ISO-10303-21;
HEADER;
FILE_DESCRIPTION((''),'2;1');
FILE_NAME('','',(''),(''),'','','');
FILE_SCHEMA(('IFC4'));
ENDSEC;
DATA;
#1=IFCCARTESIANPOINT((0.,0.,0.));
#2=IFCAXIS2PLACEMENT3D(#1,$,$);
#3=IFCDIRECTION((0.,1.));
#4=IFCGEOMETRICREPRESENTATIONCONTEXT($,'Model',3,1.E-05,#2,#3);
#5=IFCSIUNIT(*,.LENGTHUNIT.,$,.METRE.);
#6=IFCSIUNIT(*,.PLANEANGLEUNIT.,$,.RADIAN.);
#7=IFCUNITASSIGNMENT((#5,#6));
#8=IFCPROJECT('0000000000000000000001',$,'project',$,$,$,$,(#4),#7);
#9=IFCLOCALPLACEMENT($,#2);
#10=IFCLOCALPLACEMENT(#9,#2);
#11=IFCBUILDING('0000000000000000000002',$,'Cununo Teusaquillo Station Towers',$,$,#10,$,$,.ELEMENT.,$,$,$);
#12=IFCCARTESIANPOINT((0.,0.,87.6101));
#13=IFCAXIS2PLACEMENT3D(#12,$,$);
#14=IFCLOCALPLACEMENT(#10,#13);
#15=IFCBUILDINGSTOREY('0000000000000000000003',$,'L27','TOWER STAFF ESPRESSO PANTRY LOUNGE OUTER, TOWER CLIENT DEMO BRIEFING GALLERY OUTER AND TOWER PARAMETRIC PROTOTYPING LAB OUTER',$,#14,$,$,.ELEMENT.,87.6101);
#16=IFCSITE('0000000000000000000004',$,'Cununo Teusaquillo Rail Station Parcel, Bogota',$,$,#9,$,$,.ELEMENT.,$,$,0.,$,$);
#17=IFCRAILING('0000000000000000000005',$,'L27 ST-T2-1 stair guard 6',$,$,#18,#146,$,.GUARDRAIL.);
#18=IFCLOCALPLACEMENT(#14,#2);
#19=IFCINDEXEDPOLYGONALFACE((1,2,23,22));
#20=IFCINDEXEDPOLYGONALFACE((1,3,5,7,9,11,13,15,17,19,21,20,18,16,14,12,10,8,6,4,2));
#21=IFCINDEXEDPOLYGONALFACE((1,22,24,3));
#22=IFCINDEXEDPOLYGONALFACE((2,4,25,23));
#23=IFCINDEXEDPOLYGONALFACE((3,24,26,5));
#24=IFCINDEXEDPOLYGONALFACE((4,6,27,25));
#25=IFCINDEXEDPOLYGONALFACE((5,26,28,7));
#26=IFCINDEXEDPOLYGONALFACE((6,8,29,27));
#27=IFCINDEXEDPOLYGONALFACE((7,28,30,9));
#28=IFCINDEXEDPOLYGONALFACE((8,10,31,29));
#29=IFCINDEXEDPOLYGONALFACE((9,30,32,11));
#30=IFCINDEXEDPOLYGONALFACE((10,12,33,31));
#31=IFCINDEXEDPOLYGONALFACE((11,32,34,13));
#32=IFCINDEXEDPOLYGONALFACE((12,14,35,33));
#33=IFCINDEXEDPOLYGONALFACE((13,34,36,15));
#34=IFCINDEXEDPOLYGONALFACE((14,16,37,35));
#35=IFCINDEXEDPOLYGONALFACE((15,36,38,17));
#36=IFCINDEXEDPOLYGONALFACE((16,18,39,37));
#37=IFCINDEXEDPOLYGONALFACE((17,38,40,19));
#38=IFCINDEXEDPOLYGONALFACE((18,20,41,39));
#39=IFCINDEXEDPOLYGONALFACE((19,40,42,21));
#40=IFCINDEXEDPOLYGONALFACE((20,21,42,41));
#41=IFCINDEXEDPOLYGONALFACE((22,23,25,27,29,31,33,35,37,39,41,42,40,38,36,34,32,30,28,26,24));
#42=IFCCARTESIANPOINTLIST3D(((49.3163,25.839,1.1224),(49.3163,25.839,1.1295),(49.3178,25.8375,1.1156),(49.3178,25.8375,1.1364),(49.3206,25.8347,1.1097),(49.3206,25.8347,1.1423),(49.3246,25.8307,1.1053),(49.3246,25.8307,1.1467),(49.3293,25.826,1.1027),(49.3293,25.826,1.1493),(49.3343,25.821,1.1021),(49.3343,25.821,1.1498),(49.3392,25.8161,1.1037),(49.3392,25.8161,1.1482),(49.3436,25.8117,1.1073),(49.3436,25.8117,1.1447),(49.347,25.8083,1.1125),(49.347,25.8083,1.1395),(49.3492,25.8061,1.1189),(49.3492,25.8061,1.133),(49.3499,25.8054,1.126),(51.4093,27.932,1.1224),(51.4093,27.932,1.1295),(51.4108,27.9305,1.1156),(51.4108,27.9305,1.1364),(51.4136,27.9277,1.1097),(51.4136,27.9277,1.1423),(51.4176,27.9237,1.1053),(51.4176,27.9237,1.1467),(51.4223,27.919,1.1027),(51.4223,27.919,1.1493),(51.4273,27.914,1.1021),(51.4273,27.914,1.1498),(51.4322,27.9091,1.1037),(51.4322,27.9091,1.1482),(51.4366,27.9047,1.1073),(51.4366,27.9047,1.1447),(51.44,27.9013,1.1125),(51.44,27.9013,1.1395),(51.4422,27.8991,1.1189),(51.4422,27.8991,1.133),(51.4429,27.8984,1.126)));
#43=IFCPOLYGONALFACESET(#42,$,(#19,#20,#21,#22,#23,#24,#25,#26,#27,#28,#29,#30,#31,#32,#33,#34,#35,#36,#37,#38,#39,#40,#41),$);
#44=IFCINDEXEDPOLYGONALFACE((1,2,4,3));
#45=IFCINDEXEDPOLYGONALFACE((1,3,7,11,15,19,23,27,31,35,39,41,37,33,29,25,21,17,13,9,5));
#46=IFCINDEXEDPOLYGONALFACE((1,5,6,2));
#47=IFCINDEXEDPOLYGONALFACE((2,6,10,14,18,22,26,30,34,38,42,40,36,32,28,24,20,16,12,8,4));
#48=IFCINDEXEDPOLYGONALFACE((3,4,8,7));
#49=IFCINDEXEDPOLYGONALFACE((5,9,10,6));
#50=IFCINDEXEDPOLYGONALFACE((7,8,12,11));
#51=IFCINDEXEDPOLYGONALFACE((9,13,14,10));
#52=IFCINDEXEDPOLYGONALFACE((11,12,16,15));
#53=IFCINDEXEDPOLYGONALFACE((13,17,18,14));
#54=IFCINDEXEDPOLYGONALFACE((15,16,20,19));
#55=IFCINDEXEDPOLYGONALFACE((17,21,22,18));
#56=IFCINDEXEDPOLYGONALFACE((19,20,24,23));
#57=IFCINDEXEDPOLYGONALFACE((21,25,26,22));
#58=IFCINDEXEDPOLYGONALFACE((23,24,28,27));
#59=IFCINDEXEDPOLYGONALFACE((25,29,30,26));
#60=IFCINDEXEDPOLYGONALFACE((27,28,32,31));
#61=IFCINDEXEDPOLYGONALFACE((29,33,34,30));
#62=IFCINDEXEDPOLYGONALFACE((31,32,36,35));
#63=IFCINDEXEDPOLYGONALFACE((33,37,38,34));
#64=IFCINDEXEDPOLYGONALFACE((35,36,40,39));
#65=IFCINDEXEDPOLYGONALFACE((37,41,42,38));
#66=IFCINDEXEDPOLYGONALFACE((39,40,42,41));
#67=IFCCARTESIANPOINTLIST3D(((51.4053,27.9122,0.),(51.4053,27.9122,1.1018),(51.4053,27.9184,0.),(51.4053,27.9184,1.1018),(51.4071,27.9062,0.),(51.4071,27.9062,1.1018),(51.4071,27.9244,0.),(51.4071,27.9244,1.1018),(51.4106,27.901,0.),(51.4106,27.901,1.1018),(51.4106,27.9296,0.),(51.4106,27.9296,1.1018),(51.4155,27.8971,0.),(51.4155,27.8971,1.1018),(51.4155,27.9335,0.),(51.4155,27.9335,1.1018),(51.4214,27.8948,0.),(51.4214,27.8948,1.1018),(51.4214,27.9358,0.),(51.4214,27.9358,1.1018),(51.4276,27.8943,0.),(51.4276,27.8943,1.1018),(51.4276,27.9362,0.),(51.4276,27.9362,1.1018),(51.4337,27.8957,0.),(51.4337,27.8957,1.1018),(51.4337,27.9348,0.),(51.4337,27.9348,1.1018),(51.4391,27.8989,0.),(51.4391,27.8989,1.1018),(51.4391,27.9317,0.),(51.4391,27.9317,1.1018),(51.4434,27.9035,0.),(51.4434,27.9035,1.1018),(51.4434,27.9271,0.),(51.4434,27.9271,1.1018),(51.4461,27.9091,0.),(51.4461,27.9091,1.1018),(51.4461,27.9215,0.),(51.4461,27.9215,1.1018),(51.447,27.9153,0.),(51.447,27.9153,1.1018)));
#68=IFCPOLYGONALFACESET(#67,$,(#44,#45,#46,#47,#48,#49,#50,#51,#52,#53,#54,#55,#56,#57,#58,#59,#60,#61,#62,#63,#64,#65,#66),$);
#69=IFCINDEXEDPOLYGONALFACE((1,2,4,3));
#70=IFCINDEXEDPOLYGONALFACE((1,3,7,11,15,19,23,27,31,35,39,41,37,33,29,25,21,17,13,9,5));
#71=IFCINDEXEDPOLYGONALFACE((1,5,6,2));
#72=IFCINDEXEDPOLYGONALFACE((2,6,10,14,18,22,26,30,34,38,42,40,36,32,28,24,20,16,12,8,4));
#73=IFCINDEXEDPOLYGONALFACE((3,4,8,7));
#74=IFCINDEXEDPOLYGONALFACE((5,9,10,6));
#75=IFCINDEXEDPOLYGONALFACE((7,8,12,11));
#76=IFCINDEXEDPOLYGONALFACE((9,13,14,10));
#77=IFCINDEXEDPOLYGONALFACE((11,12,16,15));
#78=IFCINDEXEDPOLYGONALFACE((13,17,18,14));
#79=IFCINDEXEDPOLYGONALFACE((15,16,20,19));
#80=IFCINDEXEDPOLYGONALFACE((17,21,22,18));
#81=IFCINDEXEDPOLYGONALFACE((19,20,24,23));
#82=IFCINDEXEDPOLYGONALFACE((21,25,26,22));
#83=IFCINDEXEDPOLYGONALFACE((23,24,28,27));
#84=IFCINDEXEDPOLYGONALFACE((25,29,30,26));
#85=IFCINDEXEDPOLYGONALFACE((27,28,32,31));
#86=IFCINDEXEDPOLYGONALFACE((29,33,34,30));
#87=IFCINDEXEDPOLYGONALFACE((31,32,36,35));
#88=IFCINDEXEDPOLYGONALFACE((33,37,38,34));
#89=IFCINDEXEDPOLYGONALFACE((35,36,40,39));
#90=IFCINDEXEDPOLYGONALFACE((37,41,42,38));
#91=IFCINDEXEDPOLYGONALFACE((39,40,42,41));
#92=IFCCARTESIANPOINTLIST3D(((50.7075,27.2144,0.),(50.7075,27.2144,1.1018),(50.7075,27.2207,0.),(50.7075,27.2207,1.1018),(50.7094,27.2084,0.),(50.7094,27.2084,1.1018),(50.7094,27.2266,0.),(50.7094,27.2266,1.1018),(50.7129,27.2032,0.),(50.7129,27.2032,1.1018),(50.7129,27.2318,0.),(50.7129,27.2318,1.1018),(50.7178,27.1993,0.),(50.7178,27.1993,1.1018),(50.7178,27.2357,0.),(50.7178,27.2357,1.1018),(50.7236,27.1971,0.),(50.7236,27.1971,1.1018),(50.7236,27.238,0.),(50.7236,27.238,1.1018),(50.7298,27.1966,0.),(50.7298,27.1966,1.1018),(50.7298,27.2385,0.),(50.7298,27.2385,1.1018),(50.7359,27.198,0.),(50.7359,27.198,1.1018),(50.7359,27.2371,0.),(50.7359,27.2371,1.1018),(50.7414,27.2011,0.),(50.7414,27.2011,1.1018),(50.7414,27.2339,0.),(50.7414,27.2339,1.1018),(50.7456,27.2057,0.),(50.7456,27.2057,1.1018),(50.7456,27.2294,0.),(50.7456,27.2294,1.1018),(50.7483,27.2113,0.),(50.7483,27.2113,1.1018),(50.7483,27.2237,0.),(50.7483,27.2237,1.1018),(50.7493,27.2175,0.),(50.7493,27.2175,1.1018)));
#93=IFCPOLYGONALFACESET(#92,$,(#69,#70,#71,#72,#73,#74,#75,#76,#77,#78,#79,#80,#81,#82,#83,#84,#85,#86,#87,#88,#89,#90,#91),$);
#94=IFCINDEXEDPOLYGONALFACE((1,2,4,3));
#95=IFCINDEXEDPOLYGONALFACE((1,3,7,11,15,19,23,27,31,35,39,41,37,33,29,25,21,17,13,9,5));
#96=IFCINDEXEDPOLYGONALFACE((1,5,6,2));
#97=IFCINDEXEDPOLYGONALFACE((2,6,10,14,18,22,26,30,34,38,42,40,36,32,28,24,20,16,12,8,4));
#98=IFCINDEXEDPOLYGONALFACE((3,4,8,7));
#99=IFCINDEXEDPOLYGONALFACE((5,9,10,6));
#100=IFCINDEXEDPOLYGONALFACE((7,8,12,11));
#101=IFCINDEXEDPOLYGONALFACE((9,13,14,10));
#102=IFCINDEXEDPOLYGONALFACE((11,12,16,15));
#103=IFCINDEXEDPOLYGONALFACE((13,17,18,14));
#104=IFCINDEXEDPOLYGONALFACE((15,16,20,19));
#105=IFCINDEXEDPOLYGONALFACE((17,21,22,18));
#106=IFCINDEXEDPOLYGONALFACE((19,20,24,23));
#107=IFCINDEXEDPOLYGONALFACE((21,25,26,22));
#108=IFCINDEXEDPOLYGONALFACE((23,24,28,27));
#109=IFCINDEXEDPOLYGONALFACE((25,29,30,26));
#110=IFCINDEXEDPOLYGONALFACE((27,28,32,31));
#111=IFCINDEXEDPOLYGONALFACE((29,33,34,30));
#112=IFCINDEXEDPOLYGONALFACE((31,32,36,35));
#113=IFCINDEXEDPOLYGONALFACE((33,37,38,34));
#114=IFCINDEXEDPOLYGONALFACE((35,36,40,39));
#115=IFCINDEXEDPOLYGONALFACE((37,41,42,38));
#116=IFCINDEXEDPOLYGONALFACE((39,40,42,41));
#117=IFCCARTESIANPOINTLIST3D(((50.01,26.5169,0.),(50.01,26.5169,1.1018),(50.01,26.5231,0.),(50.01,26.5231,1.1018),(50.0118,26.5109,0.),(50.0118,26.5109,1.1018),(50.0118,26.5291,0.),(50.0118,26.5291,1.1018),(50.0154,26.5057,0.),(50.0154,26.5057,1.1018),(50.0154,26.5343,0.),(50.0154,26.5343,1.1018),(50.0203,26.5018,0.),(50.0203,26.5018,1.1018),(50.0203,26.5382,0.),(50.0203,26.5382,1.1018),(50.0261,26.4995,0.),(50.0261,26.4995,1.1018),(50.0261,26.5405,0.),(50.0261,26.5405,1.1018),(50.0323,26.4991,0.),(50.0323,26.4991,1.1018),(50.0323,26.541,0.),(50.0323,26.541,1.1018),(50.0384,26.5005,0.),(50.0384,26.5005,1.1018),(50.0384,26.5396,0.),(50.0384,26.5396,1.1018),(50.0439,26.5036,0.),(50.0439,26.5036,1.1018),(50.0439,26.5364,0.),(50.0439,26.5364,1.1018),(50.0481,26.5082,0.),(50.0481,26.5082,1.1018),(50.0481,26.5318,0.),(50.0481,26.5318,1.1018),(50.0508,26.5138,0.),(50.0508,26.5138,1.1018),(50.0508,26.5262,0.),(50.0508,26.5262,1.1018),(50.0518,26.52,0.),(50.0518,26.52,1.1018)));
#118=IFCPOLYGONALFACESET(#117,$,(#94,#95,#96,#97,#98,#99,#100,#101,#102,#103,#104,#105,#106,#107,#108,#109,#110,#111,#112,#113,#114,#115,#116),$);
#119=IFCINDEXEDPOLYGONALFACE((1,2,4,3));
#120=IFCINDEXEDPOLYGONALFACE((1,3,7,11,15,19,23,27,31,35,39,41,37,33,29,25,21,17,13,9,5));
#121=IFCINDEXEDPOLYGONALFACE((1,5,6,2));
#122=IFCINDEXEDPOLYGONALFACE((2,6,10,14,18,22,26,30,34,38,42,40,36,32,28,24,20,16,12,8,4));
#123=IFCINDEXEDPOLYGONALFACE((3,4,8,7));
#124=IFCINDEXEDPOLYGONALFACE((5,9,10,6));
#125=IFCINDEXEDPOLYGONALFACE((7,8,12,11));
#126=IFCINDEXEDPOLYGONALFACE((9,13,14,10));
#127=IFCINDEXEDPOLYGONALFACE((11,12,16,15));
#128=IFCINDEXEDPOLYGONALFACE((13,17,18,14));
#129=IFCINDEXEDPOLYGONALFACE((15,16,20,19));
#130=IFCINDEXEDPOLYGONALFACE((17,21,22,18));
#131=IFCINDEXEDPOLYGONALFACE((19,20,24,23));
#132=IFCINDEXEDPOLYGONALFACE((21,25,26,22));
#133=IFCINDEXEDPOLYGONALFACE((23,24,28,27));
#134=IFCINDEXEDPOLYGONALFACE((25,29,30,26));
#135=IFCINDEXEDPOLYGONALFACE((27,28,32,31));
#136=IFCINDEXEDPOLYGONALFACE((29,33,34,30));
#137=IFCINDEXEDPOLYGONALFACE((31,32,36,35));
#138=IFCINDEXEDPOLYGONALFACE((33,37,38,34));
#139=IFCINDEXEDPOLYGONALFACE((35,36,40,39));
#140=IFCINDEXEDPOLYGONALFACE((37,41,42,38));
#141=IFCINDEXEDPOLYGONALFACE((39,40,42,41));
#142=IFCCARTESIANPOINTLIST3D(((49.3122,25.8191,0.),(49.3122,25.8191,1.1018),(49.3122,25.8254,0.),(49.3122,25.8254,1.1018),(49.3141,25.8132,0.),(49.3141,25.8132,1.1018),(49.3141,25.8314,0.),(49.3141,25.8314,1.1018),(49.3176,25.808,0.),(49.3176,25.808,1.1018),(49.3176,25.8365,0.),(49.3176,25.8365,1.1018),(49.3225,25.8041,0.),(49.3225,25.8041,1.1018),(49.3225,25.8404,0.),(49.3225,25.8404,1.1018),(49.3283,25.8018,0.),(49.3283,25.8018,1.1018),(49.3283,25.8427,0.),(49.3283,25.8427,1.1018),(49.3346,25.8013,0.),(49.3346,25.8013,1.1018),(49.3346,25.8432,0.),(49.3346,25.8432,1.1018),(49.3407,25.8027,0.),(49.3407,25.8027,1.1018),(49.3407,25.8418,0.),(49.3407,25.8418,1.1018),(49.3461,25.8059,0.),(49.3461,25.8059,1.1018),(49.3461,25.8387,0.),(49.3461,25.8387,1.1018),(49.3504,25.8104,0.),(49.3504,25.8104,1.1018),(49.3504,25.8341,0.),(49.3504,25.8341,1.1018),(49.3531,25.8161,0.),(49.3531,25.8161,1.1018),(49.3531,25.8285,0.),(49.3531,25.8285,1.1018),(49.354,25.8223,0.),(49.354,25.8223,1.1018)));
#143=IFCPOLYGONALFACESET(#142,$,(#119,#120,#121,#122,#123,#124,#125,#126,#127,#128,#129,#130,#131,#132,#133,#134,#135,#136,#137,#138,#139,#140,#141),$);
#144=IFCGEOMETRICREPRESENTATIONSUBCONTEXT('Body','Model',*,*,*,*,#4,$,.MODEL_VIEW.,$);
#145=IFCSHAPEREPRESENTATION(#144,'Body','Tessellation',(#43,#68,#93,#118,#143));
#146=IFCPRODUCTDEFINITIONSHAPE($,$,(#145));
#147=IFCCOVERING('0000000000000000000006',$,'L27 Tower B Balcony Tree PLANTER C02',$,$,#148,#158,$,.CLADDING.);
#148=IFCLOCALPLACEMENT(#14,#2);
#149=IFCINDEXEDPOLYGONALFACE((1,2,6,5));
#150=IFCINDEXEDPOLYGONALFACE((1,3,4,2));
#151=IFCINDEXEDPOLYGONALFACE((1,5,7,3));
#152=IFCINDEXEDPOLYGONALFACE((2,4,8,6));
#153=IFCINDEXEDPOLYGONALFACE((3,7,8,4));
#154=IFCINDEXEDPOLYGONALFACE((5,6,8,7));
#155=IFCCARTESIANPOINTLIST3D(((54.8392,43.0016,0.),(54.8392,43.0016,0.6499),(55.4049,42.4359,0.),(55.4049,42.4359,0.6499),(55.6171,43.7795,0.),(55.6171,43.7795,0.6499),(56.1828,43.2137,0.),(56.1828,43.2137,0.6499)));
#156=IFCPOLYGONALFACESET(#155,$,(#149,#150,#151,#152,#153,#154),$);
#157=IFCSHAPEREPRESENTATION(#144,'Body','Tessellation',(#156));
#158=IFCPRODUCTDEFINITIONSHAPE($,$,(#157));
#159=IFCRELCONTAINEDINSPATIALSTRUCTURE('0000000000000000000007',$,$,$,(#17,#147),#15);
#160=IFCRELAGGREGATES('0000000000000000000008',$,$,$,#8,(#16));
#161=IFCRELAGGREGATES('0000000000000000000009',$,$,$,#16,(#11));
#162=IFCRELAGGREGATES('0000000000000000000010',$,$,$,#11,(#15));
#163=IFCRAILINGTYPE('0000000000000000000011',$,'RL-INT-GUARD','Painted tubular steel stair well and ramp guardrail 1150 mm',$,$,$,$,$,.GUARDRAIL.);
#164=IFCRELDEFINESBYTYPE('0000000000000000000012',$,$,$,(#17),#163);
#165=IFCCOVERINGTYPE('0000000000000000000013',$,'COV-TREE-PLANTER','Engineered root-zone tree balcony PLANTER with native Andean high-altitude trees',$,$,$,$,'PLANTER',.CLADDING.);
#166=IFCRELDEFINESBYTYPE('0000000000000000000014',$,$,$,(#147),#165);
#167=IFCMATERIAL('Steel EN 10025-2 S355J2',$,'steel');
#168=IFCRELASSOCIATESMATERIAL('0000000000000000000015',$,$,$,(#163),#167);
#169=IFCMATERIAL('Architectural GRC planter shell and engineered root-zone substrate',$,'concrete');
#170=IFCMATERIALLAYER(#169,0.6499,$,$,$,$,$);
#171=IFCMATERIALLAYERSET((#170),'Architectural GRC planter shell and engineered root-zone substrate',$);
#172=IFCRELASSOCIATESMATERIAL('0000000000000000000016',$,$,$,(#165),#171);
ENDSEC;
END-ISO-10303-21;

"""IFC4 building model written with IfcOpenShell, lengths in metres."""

from ifc_helpers import new_model, si_unit, direction, frame, origin, origin_2d, place, context, subcontext, project, spatial, rectangle, circle, extrude, source, transform, mapped, material, layer, layer_set, type_object, element, save


model = new_model("IFC4")

# Units and contexts
model_context = context("Model", 3, precision=1e-05, world=origin(), true_north=direction((0.0, 1.0)))
body_context = subcontext(model_context, "Body", "Model", "MODEL_VIEW")
ifc_project = project(units=[si_unit("LENGTHUNIT", "METRE"), si_unit("PLANEANGLEUNIT", "RADIAN")], contexts=[model_context])

# Site, building, storey
site_placement = place(None, origin())
site = spatial("IfcSite", under=ifc_project, at=site_placement, Name="Cununo Teusaquillo Rail Station Parcel, Bogota", CompositionType="ELEMENT", RefElevation=0.0)
building_placement = place(site_placement, origin())
building = spatial("IfcBuilding", under=site, at=building_placement, Name="Cununo Teusaquillo Station Towers", CompositionType="ELEMENT")
storey_placement = place(building_placement, frame((0.0, 0.0, 87.6101)))
storey = spatial("IfcBuildingStorey", under=building, at=storey_placement, Name="L27", Description="TOWER STAFF ESPRESSO PANTRY LOUNGE OUTER, TOWER CLIENT DEMO BRIEFING GALLERY OUTER AND TOWER PARAMETRIC PROTOTYPING LAB OUTER", CompositionType="ELEMENT", Elevation=87.6101)

# Railing
ifc_material_1 = material(Name="Steel EN 10025-2 S355J2", Category="steel")
railing_type_1 = type_object("IfcRailingType", Name="RL-INT-GUARD", Description="Painted tubular steel stair well and ramp guardrail 1150 mm", PredefinedType="GUARDRAIL", material=ifc_material_1)
railing_1_placement = place(storey_placement, frame((51.426, 27.9153, 0.0)))
element("IfcRailing", 1, at=railing_1_placement, inside=storey, type_object=railing_type_1, Name="L27 ST-T2-1 stair guard 6", PredefinedType="GUARDRAIL", context=body_context, shape_type="SweptSolid", body=[
    extrude(circle(Radius=0.0239, at=origin_2d()), frame((0.0, 0.0, 1.126), z_axis=(-0.707107, -0.707107, 0.0), x_axis=(0.707107, -0.707107, 0.0)), (0.0, 0.0, 1.0), 2.96),
    extrude(circle(Radius=0.021, at=origin_2d()), origin(), (0.0, 0.0, 1.0), 1.1018),
    extrude(circle(Radius=0.021, at=origin_2d()), frame((-0.6978, -0.6978, 0.0)), (0.0, 0.0, 1.0), 1.1018),
    extrude(circle(Radius=0.021, at=origin_2d()), frame((-1.3953, -1.3953, 0.0)), (0.0, 0.0, 1.0), 1.1018),
    extrude(circle(Radius=0.021, at=origin_2d()), frame((-2.093, -2.093, 0.0)), (0.0, 0.0, 1.0), 1.1018),
])

# Covering
ifc_material_2 = material(Name="Architectural GRC planter shell and engineered root-zone substrate", Category="concrete")
ifc_layer_1 = layer(ifc_material_2, 0.6499)
ifc_layer_set_1 = layer_set([ifc_layer_1], Name="Architectural GRC planter shell and engineered root-zone substrate")
covering_type = type_object("IfcCoveringType", Name="COV-TREE-PLANTER", Description="Engineered root-zone tree balcony PLANTER with native Andean high-altitude trees", ElementType="PLANTER", PredefinedType="CLADDING", material=ifc_layer_set_1)
shared_shape_1 = source(origin(), body_context, "Body", "SweptSolid", [
    extrude(rectangle(XDim=1.1001, YDim=0.8, at=origin_2d()), origin(), (0.0, 0.0, 1.0), 0.6499),
])
covering_placement = place(storey_placement, frame((55.511, 43.1077, 0.0), z_axis=(0.0, 0.0, 1.0), x_axis=(0.707107, 0.707107, 0.0)))
element("IfcCovering", 2, at=covering_placement, inside=storey, type_object=covering_type, Name="L27 Tower B Balcony Tree PLANTER C02", PredefinedType="CLADDING", context=body_context, shape_type="MappedRepresentation", body=[
    mapped(shared_shape_1, transform((0.0, 0.0, 0.0), x_axis=(1.0, 0.0, 0.0), y_axis=(0.0, 1.0, 0.0), z_axis=(0.0, 0.0, 1.0), scale=1.0)),
])

save(model, "model.ifc")
